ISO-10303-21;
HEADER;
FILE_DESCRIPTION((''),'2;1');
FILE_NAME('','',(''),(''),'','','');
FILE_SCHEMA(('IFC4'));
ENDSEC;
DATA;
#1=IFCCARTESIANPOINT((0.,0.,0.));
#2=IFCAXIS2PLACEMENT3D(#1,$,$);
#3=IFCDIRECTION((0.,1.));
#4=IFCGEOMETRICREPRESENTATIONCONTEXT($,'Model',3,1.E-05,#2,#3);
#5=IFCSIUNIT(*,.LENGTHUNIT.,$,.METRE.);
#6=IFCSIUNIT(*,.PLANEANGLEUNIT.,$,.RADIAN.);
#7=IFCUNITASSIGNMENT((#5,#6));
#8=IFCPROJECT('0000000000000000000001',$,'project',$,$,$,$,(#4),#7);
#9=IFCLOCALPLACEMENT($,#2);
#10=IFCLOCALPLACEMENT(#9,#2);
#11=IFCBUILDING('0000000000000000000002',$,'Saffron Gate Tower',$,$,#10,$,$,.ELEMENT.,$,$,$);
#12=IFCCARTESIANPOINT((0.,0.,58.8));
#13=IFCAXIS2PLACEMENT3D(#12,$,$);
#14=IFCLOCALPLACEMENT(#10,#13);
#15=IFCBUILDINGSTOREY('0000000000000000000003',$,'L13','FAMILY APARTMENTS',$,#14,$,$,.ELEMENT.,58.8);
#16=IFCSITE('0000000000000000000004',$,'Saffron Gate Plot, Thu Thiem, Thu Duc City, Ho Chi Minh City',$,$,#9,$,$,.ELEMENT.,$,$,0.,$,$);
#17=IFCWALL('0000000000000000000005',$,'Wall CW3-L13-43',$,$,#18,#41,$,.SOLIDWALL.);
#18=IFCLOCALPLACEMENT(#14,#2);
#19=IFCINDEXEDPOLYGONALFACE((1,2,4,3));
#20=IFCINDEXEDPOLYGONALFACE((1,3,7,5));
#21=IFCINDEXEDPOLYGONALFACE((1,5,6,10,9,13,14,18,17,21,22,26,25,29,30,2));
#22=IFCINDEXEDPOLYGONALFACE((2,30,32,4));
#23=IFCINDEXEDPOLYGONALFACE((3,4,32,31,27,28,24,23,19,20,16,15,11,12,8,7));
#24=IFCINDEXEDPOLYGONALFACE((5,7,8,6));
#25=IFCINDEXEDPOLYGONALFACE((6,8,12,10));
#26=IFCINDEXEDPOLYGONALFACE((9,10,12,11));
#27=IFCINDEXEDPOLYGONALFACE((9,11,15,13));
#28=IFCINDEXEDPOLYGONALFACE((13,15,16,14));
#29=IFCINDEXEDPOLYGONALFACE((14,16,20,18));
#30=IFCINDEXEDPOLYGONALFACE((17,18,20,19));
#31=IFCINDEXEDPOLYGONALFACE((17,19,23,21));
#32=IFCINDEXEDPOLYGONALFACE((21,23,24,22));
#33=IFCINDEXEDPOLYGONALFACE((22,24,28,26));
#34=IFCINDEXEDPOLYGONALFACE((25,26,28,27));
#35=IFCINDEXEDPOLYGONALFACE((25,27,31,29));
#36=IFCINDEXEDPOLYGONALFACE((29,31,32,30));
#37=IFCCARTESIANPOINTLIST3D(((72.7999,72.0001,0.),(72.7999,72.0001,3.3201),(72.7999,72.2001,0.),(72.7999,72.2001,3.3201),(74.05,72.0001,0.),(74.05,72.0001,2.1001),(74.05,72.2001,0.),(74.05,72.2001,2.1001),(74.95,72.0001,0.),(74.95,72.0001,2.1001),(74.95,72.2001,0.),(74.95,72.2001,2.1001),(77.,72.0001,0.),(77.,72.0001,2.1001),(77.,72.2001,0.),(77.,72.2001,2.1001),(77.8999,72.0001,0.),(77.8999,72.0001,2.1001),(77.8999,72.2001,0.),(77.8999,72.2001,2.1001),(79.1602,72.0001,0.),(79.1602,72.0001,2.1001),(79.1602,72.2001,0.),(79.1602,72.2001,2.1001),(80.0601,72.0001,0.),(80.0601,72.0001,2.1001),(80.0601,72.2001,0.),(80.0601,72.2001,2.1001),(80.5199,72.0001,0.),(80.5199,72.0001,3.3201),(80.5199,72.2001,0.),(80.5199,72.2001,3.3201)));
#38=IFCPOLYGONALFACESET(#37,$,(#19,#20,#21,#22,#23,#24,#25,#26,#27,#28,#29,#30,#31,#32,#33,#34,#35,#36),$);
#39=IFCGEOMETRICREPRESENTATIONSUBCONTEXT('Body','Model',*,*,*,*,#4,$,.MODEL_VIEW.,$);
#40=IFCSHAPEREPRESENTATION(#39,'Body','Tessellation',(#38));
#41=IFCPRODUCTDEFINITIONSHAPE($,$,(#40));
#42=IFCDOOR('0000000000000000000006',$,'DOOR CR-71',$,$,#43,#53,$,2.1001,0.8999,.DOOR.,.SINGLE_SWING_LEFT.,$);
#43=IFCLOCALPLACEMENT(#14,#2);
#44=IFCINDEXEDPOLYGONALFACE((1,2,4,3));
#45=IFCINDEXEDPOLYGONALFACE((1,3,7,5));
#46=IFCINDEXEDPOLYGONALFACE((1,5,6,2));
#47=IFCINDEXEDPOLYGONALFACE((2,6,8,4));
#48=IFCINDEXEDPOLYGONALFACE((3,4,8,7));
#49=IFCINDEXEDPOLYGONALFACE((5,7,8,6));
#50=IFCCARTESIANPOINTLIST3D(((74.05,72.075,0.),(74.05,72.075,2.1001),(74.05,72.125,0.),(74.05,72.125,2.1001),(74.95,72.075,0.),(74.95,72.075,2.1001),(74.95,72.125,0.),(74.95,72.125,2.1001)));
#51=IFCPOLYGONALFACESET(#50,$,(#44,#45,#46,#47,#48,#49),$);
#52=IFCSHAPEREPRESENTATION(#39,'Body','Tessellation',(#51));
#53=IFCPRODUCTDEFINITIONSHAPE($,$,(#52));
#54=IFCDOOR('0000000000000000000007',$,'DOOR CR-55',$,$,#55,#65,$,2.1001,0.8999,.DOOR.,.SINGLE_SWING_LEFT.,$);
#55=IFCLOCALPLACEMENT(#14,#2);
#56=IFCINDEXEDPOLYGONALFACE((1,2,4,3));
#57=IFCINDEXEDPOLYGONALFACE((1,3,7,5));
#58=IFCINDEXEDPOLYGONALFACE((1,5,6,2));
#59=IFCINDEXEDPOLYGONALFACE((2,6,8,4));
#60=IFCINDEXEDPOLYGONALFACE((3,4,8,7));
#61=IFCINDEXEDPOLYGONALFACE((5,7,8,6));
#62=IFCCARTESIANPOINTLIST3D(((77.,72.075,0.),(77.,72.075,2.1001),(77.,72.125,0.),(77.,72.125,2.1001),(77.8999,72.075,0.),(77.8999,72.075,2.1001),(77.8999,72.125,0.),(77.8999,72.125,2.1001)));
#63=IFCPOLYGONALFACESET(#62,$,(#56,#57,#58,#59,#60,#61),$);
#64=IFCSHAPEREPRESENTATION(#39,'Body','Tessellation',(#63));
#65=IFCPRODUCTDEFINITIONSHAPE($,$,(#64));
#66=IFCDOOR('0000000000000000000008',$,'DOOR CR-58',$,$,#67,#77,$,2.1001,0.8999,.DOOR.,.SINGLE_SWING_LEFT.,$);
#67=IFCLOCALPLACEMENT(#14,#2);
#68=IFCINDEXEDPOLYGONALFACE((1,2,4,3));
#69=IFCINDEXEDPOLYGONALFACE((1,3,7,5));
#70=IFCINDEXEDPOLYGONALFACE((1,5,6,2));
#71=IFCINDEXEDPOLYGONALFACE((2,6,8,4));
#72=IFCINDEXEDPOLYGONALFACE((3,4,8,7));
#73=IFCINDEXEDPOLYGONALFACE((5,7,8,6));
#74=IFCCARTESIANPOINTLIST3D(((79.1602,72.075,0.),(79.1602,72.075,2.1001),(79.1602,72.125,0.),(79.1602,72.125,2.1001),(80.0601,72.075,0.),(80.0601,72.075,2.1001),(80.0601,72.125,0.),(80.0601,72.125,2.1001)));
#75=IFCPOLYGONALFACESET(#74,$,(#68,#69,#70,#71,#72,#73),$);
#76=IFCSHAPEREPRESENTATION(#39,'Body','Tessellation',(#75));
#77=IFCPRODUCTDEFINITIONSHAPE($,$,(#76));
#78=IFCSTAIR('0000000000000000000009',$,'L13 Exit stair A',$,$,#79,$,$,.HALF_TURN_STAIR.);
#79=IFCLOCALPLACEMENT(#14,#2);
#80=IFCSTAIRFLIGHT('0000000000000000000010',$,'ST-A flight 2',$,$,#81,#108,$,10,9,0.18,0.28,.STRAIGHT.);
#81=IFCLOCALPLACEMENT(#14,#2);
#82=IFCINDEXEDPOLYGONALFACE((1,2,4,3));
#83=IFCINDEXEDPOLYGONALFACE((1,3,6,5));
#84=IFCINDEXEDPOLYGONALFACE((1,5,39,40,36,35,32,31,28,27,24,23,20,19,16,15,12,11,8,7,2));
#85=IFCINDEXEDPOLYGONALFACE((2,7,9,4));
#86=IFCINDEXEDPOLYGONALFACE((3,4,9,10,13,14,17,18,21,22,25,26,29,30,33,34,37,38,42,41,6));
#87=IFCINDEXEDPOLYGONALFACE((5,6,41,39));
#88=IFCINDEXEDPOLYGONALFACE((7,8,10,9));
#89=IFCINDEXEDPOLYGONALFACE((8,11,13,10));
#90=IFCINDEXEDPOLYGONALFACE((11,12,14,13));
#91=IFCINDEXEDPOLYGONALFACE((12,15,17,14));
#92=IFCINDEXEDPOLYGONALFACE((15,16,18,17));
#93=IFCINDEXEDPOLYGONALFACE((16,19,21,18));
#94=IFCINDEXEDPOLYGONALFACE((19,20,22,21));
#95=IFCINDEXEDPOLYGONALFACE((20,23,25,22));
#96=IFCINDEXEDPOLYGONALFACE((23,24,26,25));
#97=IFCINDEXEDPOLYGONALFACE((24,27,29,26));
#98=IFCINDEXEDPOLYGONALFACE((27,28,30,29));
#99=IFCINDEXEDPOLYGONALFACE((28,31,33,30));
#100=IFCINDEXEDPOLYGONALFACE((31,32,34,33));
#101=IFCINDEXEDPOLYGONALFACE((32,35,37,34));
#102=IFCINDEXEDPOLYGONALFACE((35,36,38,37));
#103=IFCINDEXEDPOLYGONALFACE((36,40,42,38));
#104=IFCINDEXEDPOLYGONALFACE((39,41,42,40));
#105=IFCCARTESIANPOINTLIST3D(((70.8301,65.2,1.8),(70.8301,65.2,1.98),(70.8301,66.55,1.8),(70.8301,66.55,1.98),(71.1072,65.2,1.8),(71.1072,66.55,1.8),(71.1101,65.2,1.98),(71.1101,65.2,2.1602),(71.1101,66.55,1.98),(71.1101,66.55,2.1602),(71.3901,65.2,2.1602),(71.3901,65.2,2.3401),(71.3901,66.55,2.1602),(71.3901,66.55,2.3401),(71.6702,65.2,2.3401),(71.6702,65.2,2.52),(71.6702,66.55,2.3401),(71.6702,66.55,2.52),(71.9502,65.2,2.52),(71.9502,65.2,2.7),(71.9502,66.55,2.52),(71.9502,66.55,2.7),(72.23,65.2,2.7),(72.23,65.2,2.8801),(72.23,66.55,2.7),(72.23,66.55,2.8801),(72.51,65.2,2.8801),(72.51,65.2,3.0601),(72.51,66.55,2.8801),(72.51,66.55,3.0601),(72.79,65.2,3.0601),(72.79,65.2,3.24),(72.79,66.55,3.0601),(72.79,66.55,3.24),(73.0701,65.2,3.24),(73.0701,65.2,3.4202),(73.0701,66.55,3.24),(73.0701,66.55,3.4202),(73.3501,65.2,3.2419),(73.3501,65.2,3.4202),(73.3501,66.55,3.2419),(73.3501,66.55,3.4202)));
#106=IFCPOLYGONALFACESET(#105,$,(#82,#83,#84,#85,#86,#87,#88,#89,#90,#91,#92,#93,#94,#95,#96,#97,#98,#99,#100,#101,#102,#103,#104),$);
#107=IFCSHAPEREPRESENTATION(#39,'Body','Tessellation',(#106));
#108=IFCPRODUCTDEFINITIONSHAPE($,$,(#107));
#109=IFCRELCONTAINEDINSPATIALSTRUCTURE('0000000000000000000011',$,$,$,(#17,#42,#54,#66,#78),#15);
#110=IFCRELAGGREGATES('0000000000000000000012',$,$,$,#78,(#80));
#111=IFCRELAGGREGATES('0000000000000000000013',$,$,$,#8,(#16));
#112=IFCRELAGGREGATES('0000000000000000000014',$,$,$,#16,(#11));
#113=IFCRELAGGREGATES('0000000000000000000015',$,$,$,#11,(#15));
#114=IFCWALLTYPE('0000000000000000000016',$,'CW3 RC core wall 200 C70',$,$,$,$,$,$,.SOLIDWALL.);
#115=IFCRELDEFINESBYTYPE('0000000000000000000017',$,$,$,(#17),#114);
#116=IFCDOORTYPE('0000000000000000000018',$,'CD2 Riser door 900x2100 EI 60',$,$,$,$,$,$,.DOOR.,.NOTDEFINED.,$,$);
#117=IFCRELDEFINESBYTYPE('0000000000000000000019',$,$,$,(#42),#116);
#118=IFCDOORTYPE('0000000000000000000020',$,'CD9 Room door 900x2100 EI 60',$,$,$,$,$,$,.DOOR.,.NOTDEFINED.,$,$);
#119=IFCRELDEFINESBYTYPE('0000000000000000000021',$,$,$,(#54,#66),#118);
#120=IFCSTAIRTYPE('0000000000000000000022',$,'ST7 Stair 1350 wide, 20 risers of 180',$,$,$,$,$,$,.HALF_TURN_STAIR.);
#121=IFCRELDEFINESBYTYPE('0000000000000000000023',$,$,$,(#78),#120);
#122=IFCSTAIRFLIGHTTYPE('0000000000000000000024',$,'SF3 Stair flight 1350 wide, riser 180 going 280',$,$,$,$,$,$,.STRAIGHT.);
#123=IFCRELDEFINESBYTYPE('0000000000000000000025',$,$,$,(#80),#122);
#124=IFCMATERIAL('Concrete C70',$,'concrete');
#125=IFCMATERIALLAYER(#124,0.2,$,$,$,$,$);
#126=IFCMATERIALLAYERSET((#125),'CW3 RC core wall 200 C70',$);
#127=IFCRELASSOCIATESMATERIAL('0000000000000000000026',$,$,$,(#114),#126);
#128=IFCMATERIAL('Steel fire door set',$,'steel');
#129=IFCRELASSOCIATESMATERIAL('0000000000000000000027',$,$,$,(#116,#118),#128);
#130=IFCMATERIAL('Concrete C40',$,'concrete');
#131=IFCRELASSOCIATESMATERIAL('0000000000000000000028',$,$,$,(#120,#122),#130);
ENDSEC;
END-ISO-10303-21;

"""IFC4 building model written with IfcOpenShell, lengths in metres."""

from ifc_helpers import new_model, si_unit, direction, frame, frame_2d, origin, place, context, subcontext, project, spatial, polyline, rectangle, outline, extrude, material, layer, layer_set, type_object, element, fill, aggregate, save


model = new_model("IFC4")

# Units and contexts
model_context = context("Model", 3, precision=1e-05, world=origin(), true_north=direction((0.0, 1.0)))
body_context = subcontext(model_context, "Body", "Model", "MODEL_VIEW")
ifc_project = project(units=[si_unit("LENGTHUNIT", "METRE"), si_unit("PLANEANGLEUNIT", "RADIAN")], contexts=[model_context])

# Site, building, storey
site_placement = place(None, origin())
site = spatial("IfcSite", under=ifc_project, at=site_placement, Name="Saffron Gate Plot, Thu Thiem, Thu Duc City, Ho Chi Minh City", CompositionType="ELEMENT", RefElevation=0.0)
building_placement = place(site_placement, origin())
building = spatial("IfcBuilding", under=site, at=building_placement, Name="Saffron Gate Tower", CompositionType="ELEMENT")
storey_placement = place(building_placement, frame((0.0, 0.0, 58.8)))
storey = spatial("IfcBuildingStorey", under=building, at=storey_placement, Name="L13", Description="FAMILY APARTMENTS", CompositionType="ELEMENT", Elevation=58.8)

# Shared definitions
ifc_material_1 = material(Name="Concrete C70", Category="concrete")
ifc_material_2 = material(Name="Steel fire door set", Category="steel")
ifc_layer_1 = layer(ifc_material_1, 0.2)
ifc_layer_set_1 = layer_set([ifc_layer_1], Name="CW3 RC core wall 200 C70")
wall_type_1 = type_object("IfcWallType", Name="CW3 RC core wall 200 C70", PredefinedType="SOLIDWALL", material=ifc_layer_set_1)

# Wall, openings, doors
wall_1_placement = place(storey_placement, frame((72.8, 72.1001, 0.0), z_axis=(0.0, 0.0, 1.0), x_axis=(1.0, 0.0, 0.0)))
wall_1 = element("IfcWall", 1, at=wall_1_placement, inside=storey, type_object=wall_type_1, Name="Wall CW3-L13-43", PredefinedType="SOLIDWALL", context=body_context, shape_type="SweptSolid", body=[
    extrude(rectangle(XDim=7.72, YDim=0.2, at=frame_2d((3.8599, 0.0))), origin(), (0.0, 0.0, 1.0), 3.3201),
])
opening_1_placement = place(wall_1_placement, frame((1.25, 0.0, 0.0)))
opening_1 = element("IfcOpeningElement", 2, at=opening_1_placement, cuts=wall_1, PredefinedType="OPENING", context=body_context, shape_type="SweptSolid", body=[
    extrude(rectangle(XDim=0.8999, YDim=2.1001, at=frame_2d((0.45, 1.05))), frame((0.0, 0.1099, 0.0), z_axis=(0.0, -1.0, 0.0), x_axis=(1.0, 0.0, 0.0)), (0.0, 0.0, 1.0), 0.22),
])
opening_2_placement = place(wall_1_placement, frame((4.2, 0.0, 0.0)))
opening_2 = element("IfcOpeningElement", 3, at=opening_2_placement, cuts=wall_1, PredefinedType="OPENING", context=body_context, shape_type="SweptSolid", body=[
    extrude(rectangle(XDim=0.8999, YDim=2.1001, at=frame_2d((0.45, 1.05))), frame((0.0, 0.1099, 0.0), z_axis=(0.0, -1.0, 0.0), x_axis=(1.0, 0.0, 0.0)), (0.0, 0.0, 1.0), 0.22),
])
opening_3_placement = place(wall_1_placement, frame((6.3601, 0.0, 0.0)))
opening_3 = element("IfcOpeningElement", 4, at=opening_3_placement, cuts=wall_1, PredefinedType="OPENING", context=body_context, shape_type="SweptSolid", body=[
    extrude(rectangle(XDim=0.8999, YDim=2.1001, at=frame_2d((0.45, 1.05))), frame((0.0, 0.1099, 0.0), z_axis=(0.0, -1.0, 0.0), x_axis=(1.0, 0.0, 0.0)), (0.0, 0.0, 1.0), 0.22),
])
door_type_1 = type_object("IfcDoorType", Name="CD2 Riser door 900x2100 EI 60", OperationType="NOTDEFINED", PredefinedType="DOOR", material=ifc_material_2)
door_1_placement = place(opening_1_placement, origin())
door_1 = element("IfcDoor", 5, at=door_1_placement, inside=storey, type_object=door_type_1, Name="DOOR CR-71", OperationType="SINGLE_SWING_LEFT", OverallHeight=2.1001, OverallWidth=0.8999, PredefinedType="DOOR", context=body_context, shape_type="SweptSolid", body=[
    extrude(rectangle(XDim=0.8999, YDim=2.1001, at=frame_2d((0.45, 1.05))), frame((0.0, 0.0249, 0.0), z_axis=(0.0, -1.0, 0.0), x_axis=(1.0, 0.0, 0.0)), (0.0, 0.0, 1.0), 0.05),
])
fill(opening_1, door_1)
door_type_2 = type_object("IfcDoorType", Name="CD9 Room door 900x2100 EI 60", OperationType="NOTDEFINED", PredefinedType="DOOR", material=ifc_material_2)
door_2_placement = place(opening_2_placement, origin())
door_2 = element("IfcDoor", 6, at=door_2_placement, inside=storey, type_object=door_type_2, Name="DOOR CR-55", OperationType="SINGLE_SWING_LEFT", OverallHeight=2.1001, OverallWidth=0.8999, PredefinedType="DOOR", context=body_context, shape_type="SweptSolid", body=[
    extrude(rectangle(XDim=0.8999, YDim=2.1001, at=frame_2d((0.45, 1.05))), frame((0.0, 0.0249, 0.0), z_axis=(0.0, -1.0, 0.0), x_axis=(1.0, 0.0, 0.0)), (0.0, 0.0, 1.0), 0.05),
])
fill(opening_2, door_2)
door_3_placement = place(opening_3_placement, origin())
door_3 = element("IfcDoor", 7, at=door_3_placement, inside=storey, type_object=door_type_2, Name="DOOR CR-58", OperationType="SINGLE_SWING_LEFT", OverallHeight=2.1001, OverallWidth=0.8999, PredefinedType="DOOR", context=body_context, shape_type="SweptSolid", body=[
    extrude(rectangle(XDim=0.8999, YDim=2.1001, at=frame_2d((0.45, 1.05))), frame((0.0, 0.0249, 0.0), z_axis=(0.0, -1.0, 0.0), x_axis=(1.0, 0.0, 0.0)), (0.0, 0.0, 1.0), 0.05),
])
fill(opening_3, door_3)

# Stair, stair flight
ifc_material_3 = material(Name="Concrete C40", Category="concrete")
stair_type = type_object("IfcStairType", Name="ST7 Stair 1350 wide, 20 risers of 180", PredefinedType="HALF_TURN_STAIR", material=ifc_material_3)
stair_placement = place(storey_placement, origin())
stair = element("IfcStair", 8, at=stair_placement, inside=storey, type_object=stair_type, Name="L13 Exit stair A", PredefinedType="HALF_TURN_STAIR")
stair_flight_type = type_object("IfcStairFlightType", Name="SF3 Stair flight 1350 wide, riser 180 going 280", PredefinedType="STRAIGHT", material=ifc_material_3)
stair_flight_placement = place(storey_placement, frame((70.8301, 65.875, 1.8), z_axis=(0.0, 0.0, 1.0), x_axis=(1.0, 0.0, 0.0)))
stair_flight = element("IfcStairFlight", 9, at=stair_flight_placement, type_object=stair_flight_type, Name="ST-A flight 2", NumberOfRisers=10, NumberOfTreads=9, PredefinedType="STRAIGHT", RiserHeight=0.18, TreadLength=0.28, context=body_context, shape_type="SweptSolid", body=[
    extrude(outline(polyline([(0.0, 0.0), (0.0, 0.1799), (0.28, 0.1799), (0.28, 0.3601), (0.5601, 0.3601), (0.5601, 0.54), (0.8401, 0.54), (0.8401, 0.72), (1.1201, 0.72), (1.1201, 0.8999), (1.3999, 0.8999), (1.3999, 1.0801), (1.6799, 1.0801), (1.6799, 1.26), (1.96, 1.26), (1.96, 1.4399), (2.24, 1.4399), (2.24, 1.6201), (2.52, 1.6201), (2.52, 1.8), (2.52, 1.4419), (0.2771, 0.0), (0.0, 0.0)])), frame((0.0, 0.675, 0.0), z_axis=(0.0, -1.0, 0.0), x_axis=(1.0, 0.0, 0.0)), (0.0, 0.0, 1.0), 1.3501),
])
aggregate(stair, [stair_flight])

save(model, "model.ifc")
